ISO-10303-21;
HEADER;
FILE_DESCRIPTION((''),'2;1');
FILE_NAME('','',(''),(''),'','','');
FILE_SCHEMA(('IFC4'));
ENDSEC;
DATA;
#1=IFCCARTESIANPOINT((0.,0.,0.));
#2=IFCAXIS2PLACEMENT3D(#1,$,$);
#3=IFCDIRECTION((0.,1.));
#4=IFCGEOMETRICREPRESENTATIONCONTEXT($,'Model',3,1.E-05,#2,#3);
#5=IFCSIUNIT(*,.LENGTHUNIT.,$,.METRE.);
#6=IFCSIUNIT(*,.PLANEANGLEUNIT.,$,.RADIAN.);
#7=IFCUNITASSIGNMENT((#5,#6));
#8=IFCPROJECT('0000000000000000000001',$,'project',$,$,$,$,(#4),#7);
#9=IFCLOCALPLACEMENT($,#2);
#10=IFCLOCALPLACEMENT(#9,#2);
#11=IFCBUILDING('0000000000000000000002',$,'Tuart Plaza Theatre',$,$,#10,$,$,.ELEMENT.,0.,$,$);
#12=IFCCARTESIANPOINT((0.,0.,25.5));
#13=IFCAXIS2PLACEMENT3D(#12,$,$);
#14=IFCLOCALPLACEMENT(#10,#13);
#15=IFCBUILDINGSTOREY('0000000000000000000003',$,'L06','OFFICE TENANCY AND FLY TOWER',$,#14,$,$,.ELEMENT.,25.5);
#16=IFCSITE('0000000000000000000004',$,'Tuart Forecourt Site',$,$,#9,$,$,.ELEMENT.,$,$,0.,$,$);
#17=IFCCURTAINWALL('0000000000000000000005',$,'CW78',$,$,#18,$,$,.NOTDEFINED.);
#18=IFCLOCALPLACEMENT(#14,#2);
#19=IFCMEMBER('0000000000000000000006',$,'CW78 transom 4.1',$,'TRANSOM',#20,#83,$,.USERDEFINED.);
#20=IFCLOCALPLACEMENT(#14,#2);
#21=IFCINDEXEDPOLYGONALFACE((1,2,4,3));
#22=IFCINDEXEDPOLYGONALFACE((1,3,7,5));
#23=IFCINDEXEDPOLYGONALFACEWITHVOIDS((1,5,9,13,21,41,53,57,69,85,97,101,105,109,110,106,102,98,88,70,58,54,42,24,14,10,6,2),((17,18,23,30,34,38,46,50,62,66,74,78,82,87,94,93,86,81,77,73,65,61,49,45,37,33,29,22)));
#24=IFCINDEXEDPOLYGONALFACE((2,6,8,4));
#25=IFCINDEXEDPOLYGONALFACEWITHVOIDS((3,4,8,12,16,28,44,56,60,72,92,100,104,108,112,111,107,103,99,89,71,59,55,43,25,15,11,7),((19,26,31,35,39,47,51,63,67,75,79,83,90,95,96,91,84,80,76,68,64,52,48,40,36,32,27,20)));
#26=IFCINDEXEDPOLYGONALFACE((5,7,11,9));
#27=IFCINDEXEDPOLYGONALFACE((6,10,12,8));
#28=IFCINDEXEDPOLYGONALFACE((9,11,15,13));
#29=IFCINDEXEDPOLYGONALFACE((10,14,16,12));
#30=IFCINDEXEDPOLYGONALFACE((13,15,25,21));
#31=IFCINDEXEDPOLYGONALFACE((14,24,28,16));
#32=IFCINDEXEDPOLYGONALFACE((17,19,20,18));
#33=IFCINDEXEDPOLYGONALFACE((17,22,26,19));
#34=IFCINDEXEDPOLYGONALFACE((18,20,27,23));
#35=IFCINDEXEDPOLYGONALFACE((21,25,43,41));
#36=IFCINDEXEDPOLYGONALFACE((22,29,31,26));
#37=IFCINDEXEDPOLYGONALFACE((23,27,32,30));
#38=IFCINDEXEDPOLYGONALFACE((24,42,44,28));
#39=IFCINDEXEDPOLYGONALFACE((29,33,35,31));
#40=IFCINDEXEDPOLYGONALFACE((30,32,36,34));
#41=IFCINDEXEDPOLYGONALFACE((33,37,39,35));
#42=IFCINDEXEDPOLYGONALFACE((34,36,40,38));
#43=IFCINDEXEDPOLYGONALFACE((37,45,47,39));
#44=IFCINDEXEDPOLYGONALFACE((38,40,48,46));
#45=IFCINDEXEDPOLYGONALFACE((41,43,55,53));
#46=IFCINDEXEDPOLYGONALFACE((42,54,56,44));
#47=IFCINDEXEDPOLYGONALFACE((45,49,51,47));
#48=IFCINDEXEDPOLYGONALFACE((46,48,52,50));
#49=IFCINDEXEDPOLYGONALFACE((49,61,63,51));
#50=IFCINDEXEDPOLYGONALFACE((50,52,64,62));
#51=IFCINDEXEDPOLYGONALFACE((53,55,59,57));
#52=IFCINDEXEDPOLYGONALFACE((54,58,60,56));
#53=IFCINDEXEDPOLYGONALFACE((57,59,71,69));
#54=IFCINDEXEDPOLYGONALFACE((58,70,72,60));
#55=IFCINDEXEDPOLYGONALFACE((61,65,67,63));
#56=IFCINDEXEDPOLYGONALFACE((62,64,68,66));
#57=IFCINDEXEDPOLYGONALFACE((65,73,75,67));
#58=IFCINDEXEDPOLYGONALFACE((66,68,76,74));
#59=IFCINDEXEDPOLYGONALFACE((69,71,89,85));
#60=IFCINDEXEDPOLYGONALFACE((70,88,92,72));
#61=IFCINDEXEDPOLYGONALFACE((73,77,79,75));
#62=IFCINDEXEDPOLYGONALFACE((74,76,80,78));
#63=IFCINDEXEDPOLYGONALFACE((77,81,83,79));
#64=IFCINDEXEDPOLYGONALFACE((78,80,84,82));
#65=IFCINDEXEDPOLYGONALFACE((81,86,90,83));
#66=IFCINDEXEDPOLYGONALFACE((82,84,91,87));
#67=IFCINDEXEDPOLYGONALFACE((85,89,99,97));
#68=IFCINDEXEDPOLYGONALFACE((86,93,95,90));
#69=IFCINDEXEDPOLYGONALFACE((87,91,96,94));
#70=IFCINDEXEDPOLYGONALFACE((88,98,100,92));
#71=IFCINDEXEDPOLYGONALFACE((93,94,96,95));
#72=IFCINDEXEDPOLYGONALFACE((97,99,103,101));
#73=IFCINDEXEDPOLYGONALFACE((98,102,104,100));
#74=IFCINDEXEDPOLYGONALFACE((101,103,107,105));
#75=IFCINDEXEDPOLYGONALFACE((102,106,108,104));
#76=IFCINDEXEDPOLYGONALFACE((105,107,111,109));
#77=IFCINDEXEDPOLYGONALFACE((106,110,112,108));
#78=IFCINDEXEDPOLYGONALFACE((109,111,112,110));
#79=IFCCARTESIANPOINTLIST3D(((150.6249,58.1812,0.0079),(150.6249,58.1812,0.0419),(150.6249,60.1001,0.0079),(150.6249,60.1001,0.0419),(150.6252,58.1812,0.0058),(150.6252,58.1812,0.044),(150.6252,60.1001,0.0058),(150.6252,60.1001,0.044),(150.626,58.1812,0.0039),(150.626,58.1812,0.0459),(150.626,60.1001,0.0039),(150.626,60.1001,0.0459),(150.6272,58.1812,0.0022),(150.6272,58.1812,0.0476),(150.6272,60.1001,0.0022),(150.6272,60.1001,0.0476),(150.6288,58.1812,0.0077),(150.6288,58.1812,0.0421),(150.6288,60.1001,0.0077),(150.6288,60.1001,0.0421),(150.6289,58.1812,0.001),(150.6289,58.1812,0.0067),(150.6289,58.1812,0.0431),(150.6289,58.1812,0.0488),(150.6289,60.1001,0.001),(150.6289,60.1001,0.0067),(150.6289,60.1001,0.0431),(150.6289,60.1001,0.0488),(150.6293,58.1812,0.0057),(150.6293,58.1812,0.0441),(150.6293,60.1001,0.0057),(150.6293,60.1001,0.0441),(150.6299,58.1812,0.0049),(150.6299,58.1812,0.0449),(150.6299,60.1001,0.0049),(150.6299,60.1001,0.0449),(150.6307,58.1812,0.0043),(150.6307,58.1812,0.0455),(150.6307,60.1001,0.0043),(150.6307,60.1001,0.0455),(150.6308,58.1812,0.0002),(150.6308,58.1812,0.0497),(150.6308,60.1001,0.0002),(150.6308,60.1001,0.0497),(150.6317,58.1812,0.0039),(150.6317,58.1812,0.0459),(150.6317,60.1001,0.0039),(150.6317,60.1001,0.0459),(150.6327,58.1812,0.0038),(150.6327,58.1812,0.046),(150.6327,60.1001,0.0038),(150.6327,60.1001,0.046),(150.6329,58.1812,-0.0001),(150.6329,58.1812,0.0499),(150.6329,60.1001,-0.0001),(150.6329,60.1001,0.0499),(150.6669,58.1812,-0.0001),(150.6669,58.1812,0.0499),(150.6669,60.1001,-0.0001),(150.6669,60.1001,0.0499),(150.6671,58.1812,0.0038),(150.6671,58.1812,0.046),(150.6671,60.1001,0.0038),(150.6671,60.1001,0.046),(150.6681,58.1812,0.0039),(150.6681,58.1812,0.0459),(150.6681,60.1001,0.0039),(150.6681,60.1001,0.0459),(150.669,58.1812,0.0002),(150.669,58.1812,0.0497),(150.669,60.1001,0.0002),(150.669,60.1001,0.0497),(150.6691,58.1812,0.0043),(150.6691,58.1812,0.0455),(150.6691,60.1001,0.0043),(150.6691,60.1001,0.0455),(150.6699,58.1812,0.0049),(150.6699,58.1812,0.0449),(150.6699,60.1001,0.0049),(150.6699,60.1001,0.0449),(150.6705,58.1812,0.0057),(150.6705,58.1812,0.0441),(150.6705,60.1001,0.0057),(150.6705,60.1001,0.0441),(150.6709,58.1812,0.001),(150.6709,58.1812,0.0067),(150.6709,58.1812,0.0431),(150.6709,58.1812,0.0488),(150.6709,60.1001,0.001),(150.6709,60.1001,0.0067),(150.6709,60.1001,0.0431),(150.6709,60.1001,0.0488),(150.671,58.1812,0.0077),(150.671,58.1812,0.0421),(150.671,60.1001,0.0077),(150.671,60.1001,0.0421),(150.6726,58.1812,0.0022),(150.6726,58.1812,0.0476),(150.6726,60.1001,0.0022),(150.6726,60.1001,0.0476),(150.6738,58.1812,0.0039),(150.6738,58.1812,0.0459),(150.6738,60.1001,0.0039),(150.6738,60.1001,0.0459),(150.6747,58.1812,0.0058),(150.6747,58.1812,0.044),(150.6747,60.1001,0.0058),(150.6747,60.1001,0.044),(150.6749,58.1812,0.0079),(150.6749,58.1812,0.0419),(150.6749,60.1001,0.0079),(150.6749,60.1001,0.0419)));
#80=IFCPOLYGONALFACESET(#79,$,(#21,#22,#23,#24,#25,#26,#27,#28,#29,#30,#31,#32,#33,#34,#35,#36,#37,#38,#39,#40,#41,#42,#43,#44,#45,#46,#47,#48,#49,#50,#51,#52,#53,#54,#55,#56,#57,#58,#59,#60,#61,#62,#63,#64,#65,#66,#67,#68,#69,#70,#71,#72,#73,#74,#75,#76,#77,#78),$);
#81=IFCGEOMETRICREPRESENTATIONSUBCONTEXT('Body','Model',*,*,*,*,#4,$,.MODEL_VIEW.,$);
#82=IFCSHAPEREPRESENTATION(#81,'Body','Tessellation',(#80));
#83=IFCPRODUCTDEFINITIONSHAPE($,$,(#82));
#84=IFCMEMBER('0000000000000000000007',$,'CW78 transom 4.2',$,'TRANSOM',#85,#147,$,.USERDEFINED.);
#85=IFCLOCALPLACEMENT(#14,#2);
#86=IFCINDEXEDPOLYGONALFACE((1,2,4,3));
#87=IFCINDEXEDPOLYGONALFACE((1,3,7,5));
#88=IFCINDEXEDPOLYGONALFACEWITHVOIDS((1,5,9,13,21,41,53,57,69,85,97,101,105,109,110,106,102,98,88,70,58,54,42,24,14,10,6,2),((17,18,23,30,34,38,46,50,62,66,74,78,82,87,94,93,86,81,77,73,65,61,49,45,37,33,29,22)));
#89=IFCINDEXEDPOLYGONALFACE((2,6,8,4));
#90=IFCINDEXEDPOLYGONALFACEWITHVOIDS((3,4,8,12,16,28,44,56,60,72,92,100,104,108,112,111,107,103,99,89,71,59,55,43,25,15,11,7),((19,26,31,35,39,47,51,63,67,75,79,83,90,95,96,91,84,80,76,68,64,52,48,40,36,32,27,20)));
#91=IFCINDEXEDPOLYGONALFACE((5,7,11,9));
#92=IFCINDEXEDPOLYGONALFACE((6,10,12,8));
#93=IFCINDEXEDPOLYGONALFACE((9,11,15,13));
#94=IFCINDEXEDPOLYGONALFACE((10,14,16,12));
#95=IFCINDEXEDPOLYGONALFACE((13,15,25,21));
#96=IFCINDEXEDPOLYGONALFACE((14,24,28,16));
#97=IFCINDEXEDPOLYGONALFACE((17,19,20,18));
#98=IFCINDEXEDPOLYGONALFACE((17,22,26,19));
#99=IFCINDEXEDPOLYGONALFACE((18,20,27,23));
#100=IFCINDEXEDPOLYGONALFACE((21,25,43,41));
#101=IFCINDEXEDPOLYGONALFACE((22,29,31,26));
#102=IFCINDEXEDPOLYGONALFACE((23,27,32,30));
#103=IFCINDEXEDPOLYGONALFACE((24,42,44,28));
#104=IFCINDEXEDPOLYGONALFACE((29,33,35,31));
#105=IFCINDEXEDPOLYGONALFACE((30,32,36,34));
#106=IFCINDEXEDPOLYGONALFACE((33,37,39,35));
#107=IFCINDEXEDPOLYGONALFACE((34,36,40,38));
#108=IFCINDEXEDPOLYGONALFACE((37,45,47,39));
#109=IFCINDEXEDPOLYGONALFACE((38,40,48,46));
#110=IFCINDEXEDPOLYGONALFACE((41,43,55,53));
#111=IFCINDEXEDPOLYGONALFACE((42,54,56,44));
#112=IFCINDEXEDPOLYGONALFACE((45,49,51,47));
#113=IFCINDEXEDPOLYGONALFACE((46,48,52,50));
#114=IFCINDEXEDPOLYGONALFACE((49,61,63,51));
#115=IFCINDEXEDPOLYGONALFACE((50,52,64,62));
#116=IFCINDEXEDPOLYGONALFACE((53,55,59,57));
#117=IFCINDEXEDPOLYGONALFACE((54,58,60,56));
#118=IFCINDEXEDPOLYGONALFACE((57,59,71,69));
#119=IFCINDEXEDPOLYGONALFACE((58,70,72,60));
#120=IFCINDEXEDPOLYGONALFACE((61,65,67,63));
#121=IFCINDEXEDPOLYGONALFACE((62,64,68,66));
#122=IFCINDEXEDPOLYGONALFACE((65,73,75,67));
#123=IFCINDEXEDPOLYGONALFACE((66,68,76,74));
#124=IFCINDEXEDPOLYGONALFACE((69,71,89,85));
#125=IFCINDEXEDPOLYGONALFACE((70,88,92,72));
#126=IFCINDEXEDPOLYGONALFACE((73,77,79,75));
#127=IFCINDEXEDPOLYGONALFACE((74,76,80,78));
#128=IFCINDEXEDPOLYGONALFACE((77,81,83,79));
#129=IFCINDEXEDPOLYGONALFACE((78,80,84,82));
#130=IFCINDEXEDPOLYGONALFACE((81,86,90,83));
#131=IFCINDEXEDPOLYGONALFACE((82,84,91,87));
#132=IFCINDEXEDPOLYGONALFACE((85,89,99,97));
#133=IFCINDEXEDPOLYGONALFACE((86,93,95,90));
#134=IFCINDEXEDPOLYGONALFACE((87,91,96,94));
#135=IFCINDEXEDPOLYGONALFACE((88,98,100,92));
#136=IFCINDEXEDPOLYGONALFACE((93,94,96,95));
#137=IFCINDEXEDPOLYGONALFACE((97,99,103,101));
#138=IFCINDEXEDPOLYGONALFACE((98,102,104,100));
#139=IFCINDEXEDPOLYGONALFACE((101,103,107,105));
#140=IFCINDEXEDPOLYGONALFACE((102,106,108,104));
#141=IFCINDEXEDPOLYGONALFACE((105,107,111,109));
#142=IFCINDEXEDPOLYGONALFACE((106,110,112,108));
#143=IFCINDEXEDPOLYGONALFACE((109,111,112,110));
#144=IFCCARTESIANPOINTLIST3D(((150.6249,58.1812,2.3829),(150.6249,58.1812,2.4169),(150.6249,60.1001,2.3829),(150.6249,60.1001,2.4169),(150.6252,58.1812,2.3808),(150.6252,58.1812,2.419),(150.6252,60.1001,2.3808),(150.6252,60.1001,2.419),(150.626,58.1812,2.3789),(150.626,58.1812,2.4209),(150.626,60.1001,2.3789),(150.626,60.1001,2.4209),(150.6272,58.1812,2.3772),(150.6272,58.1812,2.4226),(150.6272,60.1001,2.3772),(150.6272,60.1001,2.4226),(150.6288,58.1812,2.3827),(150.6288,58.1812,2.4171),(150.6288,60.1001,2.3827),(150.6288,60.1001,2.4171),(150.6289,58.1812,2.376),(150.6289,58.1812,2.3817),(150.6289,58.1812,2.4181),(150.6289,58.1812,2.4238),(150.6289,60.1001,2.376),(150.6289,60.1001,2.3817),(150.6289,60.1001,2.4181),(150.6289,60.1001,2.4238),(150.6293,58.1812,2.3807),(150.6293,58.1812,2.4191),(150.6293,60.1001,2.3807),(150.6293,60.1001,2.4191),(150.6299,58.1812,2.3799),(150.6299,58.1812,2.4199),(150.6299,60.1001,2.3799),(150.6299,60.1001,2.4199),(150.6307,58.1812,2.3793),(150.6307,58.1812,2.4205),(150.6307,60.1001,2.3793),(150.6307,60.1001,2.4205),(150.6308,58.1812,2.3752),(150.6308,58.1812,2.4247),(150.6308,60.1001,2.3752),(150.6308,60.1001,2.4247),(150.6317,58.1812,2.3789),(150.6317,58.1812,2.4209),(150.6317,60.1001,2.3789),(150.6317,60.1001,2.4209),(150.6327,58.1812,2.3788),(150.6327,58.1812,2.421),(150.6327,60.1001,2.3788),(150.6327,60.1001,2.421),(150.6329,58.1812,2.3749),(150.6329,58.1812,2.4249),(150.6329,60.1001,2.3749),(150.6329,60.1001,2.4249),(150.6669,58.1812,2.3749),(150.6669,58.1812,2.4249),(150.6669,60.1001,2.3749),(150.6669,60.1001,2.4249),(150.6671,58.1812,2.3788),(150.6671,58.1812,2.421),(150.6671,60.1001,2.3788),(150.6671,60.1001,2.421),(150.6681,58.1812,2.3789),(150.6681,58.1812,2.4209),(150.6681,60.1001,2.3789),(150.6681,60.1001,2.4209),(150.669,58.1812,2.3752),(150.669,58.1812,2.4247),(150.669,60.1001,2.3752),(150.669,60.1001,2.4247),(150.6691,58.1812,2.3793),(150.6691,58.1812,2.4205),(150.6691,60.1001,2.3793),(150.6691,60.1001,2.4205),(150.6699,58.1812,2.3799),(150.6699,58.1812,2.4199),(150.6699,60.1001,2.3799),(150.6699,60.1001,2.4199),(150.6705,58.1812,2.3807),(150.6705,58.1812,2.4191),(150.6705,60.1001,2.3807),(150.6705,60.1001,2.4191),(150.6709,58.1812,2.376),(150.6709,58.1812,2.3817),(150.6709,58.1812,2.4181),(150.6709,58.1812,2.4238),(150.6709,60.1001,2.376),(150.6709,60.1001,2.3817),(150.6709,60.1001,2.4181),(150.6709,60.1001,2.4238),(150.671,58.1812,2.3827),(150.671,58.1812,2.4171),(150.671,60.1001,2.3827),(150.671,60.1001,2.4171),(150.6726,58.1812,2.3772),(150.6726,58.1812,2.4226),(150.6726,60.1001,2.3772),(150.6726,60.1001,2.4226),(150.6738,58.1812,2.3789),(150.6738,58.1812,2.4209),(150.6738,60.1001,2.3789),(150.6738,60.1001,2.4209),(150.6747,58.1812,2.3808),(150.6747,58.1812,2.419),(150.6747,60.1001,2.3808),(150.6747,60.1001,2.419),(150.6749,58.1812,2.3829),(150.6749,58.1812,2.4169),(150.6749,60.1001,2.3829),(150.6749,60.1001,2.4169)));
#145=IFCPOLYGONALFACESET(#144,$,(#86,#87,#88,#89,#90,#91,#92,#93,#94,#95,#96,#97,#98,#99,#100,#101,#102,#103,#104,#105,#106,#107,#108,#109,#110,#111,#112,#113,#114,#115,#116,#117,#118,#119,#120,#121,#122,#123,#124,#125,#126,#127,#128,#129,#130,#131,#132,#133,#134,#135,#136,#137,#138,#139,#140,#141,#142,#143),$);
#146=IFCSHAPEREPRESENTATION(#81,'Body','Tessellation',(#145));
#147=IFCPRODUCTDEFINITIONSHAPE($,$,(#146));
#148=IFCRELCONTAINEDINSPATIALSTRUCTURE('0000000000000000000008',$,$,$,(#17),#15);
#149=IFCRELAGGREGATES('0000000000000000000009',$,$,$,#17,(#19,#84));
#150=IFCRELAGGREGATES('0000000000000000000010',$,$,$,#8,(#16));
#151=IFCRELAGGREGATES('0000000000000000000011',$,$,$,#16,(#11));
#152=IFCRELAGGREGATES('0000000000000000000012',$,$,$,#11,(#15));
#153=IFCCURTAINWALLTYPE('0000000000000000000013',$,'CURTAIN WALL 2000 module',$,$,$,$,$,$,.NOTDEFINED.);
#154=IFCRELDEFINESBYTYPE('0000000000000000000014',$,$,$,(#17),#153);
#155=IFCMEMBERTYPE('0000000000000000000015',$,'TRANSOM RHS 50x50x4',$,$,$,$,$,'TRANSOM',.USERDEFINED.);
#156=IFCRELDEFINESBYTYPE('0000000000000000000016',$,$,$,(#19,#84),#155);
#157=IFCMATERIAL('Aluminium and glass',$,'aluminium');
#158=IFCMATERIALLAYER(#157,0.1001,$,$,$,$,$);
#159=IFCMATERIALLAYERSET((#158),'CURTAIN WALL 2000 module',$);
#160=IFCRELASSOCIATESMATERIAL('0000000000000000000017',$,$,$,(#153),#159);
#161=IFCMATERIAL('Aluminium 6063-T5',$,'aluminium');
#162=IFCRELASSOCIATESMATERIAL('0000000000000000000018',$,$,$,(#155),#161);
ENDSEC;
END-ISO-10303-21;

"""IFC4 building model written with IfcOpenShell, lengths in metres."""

from ifc_helpers import new_model, si_unit, direction, frame, origin, origin_2d, place, context, subcontext, project, spatial, hollow_rectangle, extrude, material, layer, layer_set, material_profile, profile_set, type_object, element, aggregate, save


model = new_model("IFC4")

# Units and contexts
model_context = context("Model", 3, precision=1e-05, world=origin(), true_north=direction((0.0, 1.0)))
body_context = subcontext(model_context, "Body", "Model", "MODEL_VIEW")
ifc_project = project(units=[si_unit("LENGTHUNIT", "METRE"), si_unit("PLANEANGLEUNIT", "RADIAN")], contexts=[model_context])

# Site, building, storey
site_placement = place(None, origin())
site = spatial("IfcSite", under=ifc_project, at=site_placement, Name="Tuart Forecourt Site", CompositionType="ELEMENT", RefElevation=0.0)
building_placement = place(site_placement, origin())
building = spatial("IfcBuilding", under=site, at=building_placement, Name="Tuart Plaza Theatre", CompositionType="ELEMENT", ElevationOfRefHeight=0.0)
storey_placement = place(building_placement, frame((0.0, 0.0, 25.5)))
storey = spatial("IfcBuildingStorey", under=building, at=storey_placement, Name="L06", Description="OFFICE TENANCY AND FLY TOWER", CompositionType="ELEMENT", Elevation=25.5)

# Curtain wall, members
ifc_material_1 = material(Name="Aluminium and glass", Category="aluminium")
ifc_layer_1 = layer(ifc_material_1, 0.1001)
ifc_layer_set_1 = layer_set([ifc_layer_1], Name="CURTAIN WALL 2000 module")
curtain_wall_type = type_object("IfcCurtainWallType", Name="CURTAIN WALL 2000 module", PredefinedType="NOTDEFINED", material=ifc_layer_set_1)
curtain_wall_placement = place(storey_placement, origin())
curtain_wall = element("IfcCurtainWall", 1, at=curtain_wall_placement, inside=storey, type_object=curtain_wall_type, Name="CW78", PredefinedType="NOTDEFINED")
ifc_material_2 = material(Name="Aluminium 6063-T5", Category="aluminium")
ifc_material_profile_1 = material_profile(ifc_material_2, hollow_rectangle(XDim=0.05, YDim=0.05, WallThickness=0.0039, InnerFilletRadius=0.0039, OuterFilletRadius=0.0081, at=origin_2d()), Name="RHS 50x50x4")
ifc_profile_set_1 = profile_set([ifc_material_profile_1], Name="Aluminium 6063-T5")
member_type_1 = type_object("IfcMemberType", Name="TRANSOM RHS 50x50x4", ElementType="TRANSOM", PredefinedType="USERDEFINED", material=ifc_profile_set_1)
member_1_placement = place(storey_placement, frame((150.6499, 58.1812, 0.0249), z_axis=(0.0, 1.0, 0.0), x_axis=(-1.0, 0.0, 0.0)))
member_1 = element("IfcMember", 2, at=member_1_placement, type_object=member_type_1, Name="CW78 transom 4.1", ObjectType="TRANSOM", PredefinedType="USERDEFINED", context=body_context, shape_type="SweptSolid", body=[
    extrude(hollow_rectangle(XDim=0.05, YDim=0.05, WallThickness=0.0039, InnerFilletRadius=0.0039, OuterFilletRadius=0.0081, at=origin_2d()), origin(), (0.0, 0.0, 1.0), 1.9189),
])
member_2_placement = place(storey_placement, frame((150.6499, 58.1812, 2.3999), z_axis=(0.0, 1.0, 0.0), x_axis=(-1.0, 0.0, 0.0)))
member_2 = element("IfcMember", 3, at=member_2_placement, type_object=member_type_1, Name="CW78 transom 4.2", ObjectType="TRANSOM", PredefinedType="USERDEFINED", context=body_context, shape_type="SweptSolid", body=[
    extrude(hollow_rectangle(XDim=0.05, YDim=0.05, WallThickness=0.0039, InnerFilletRadius=0.0039, OuterFilletRadius=0.0081, at=origin_2d()), origin(), (0.0, 0.0, 1.0), 1.9189),
])
aggregate(curtain_wall, [member_1, member_2])

save(model, "model.ifc")
